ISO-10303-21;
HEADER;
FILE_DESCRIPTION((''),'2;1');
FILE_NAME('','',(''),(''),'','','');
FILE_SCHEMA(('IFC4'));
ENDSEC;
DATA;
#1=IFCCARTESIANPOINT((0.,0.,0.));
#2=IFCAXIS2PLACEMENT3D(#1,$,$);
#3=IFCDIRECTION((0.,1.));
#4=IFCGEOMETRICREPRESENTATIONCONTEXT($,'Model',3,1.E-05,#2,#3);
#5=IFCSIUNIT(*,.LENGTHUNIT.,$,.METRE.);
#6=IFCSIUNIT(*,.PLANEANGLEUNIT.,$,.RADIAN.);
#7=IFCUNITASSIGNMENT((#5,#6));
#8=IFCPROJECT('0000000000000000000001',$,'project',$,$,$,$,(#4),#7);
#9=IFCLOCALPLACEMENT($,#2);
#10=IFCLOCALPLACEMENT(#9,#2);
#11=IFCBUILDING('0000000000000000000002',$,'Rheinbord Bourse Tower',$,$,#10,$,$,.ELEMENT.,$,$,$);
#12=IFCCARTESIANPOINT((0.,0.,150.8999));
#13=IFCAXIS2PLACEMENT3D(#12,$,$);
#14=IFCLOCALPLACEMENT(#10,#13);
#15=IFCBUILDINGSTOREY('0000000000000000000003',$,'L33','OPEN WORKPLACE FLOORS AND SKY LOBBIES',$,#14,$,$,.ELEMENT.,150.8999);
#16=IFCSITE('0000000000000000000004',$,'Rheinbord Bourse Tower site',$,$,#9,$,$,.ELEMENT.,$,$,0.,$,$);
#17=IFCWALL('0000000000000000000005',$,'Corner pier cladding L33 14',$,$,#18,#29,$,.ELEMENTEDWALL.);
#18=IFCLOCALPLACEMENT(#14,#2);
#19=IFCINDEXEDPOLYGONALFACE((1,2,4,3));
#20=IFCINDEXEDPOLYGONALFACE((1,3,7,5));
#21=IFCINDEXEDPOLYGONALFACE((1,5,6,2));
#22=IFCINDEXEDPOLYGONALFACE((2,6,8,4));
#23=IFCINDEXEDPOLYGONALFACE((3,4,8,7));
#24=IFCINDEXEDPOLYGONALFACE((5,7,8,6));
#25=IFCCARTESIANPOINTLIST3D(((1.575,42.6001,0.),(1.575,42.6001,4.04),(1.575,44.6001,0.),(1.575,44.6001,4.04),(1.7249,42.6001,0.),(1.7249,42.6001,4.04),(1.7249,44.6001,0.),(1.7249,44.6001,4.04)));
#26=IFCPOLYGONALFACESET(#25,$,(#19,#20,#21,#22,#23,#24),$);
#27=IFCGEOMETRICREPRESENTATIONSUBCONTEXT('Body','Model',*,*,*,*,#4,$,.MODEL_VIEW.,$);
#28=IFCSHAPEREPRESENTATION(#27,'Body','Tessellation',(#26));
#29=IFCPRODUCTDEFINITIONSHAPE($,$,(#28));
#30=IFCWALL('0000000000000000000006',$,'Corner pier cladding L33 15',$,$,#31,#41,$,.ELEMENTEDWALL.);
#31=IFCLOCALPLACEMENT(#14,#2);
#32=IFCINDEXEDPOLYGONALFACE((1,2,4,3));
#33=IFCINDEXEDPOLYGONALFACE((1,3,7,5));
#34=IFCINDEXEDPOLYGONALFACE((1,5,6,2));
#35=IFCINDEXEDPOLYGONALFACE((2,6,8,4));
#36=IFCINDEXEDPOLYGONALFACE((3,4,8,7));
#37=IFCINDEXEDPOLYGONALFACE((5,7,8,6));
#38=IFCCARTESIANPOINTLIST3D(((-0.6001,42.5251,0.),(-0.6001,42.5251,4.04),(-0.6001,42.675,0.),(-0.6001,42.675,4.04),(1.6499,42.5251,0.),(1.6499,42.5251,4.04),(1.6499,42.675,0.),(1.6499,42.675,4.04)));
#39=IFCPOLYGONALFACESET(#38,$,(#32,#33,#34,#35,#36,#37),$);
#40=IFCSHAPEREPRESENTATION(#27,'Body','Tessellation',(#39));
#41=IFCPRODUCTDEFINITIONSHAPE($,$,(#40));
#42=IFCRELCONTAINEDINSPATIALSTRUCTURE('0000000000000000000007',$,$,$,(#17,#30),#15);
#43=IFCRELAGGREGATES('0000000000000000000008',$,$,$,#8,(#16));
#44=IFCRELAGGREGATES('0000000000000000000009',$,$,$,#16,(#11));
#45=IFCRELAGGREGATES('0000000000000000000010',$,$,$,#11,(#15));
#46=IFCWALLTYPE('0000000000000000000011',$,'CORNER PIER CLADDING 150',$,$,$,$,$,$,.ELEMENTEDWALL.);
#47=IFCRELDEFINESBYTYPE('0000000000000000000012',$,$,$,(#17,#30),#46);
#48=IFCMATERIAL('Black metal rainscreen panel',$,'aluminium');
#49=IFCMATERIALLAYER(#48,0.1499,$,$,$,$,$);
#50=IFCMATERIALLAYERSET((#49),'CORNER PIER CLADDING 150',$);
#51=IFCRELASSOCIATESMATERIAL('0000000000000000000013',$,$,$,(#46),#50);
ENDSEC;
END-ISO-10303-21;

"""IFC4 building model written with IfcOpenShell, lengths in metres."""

from ifc_helpers import new_model, si_unit, direction, frame, frame_2d, origin, place, context, subcontext, project, spatial, rectangle, extrude, material, layer, layer_set, type_object, element, save


model = new_model("IFC4")

# Units and contexts
model_context = context("Model", 3, precision=1e-05, world=origin(), true_north=direction((0.0, 1.0)))
body_context = subcontext(model_context, "Body", "Model", "MODEL_VIEW")
ifc_project = project(units=[si_unit("LENGTHUNIT", "METRE"), si_unit("PLANEANGLEUNIT", "RADIAN")], contexts=[model_context])

# Site, building, storey
site_placement = place(None, origin())
site = spatial("IfcSite", under=ifc_project, at=site_placement, Name="Rheinbord Bourse Tower site", CompositionType="ELEMENT", RefElevation=0.0)
building_placement = place(site_placement, origin())
building = spatial("IfcBuilding", under=site, at=building_placement, Name="Rheinbord Bourse Tower", CompositionType="ELEMENT")
storey_placement = place(building_placement, frame((0.0, 0.0, 150.8999)))
storey = spatial("IfcBuildingStorey", under=building, at=storey_placement, Name="L33", Description="OPEN WORKPLACE FLOORS AND SKY LOBBIES", CompositionType="ELEMENT", Elevation=150.8999)

# Walls
ifc_material_1 = material(Name="Black metal rainscreen panel", Category="aluminium")
ifc_layer_1 = layer(ifc_material_1, 0.1499)
ifc_layer_set_1 = layer_set([ifc_layer_1], Name="CORNER PIER CLADDING 150")
wall_type = type_object("IfcWallType", Name="CORNER PIER CLADDING 150", PredefinedType="ELEMENTEDWALL", material=ifc_layer_set_1)
wall_1_placement = place(storey_placement, frame((1.6499, 44.6001, 0.0), z_axis=(0.0, 0.0, 1.0), x_axis=(0.0, -1.0, 0.0)))
element("IfcWall", 1, at=wall_1_placement, inside=storey, type_object=wall_type, Name="Corner pier cladding L33 14", PredefinedType="ELEMENTEDWALL", context=body_context, shape_type="SweptSolid", body=[
    extrude(rectangle(XDim=2.0, YDim=0.1499, at=frame_2d((1.0, 0.0))), origin(), (0.0, 0.0, 1.0), 4.04),
])
wall_2_placement = place(storey_placement, frame((1.6499, 42.6001, 0.0), z_axis=(0.0, 0.0, 1.0), x_axis=(-1.0, 0.0, 0.0)))
element("IfcWall", 2, at=wall_2_placement, inside=storey, type_object=wall_type, Name="Corner pier cladding L33 15", PredefinedType="ELEMENTEDWALL", context=body_context, shape_type="SweptSolid", body=[
    extrude(rectangle(XDim=2.25, YDim=0.1499, at=frame_2d((1.125, 0.0))), origin(), (0.0, 0.0, 1.0), 4.04),
])

save(model, "model.ifc")
